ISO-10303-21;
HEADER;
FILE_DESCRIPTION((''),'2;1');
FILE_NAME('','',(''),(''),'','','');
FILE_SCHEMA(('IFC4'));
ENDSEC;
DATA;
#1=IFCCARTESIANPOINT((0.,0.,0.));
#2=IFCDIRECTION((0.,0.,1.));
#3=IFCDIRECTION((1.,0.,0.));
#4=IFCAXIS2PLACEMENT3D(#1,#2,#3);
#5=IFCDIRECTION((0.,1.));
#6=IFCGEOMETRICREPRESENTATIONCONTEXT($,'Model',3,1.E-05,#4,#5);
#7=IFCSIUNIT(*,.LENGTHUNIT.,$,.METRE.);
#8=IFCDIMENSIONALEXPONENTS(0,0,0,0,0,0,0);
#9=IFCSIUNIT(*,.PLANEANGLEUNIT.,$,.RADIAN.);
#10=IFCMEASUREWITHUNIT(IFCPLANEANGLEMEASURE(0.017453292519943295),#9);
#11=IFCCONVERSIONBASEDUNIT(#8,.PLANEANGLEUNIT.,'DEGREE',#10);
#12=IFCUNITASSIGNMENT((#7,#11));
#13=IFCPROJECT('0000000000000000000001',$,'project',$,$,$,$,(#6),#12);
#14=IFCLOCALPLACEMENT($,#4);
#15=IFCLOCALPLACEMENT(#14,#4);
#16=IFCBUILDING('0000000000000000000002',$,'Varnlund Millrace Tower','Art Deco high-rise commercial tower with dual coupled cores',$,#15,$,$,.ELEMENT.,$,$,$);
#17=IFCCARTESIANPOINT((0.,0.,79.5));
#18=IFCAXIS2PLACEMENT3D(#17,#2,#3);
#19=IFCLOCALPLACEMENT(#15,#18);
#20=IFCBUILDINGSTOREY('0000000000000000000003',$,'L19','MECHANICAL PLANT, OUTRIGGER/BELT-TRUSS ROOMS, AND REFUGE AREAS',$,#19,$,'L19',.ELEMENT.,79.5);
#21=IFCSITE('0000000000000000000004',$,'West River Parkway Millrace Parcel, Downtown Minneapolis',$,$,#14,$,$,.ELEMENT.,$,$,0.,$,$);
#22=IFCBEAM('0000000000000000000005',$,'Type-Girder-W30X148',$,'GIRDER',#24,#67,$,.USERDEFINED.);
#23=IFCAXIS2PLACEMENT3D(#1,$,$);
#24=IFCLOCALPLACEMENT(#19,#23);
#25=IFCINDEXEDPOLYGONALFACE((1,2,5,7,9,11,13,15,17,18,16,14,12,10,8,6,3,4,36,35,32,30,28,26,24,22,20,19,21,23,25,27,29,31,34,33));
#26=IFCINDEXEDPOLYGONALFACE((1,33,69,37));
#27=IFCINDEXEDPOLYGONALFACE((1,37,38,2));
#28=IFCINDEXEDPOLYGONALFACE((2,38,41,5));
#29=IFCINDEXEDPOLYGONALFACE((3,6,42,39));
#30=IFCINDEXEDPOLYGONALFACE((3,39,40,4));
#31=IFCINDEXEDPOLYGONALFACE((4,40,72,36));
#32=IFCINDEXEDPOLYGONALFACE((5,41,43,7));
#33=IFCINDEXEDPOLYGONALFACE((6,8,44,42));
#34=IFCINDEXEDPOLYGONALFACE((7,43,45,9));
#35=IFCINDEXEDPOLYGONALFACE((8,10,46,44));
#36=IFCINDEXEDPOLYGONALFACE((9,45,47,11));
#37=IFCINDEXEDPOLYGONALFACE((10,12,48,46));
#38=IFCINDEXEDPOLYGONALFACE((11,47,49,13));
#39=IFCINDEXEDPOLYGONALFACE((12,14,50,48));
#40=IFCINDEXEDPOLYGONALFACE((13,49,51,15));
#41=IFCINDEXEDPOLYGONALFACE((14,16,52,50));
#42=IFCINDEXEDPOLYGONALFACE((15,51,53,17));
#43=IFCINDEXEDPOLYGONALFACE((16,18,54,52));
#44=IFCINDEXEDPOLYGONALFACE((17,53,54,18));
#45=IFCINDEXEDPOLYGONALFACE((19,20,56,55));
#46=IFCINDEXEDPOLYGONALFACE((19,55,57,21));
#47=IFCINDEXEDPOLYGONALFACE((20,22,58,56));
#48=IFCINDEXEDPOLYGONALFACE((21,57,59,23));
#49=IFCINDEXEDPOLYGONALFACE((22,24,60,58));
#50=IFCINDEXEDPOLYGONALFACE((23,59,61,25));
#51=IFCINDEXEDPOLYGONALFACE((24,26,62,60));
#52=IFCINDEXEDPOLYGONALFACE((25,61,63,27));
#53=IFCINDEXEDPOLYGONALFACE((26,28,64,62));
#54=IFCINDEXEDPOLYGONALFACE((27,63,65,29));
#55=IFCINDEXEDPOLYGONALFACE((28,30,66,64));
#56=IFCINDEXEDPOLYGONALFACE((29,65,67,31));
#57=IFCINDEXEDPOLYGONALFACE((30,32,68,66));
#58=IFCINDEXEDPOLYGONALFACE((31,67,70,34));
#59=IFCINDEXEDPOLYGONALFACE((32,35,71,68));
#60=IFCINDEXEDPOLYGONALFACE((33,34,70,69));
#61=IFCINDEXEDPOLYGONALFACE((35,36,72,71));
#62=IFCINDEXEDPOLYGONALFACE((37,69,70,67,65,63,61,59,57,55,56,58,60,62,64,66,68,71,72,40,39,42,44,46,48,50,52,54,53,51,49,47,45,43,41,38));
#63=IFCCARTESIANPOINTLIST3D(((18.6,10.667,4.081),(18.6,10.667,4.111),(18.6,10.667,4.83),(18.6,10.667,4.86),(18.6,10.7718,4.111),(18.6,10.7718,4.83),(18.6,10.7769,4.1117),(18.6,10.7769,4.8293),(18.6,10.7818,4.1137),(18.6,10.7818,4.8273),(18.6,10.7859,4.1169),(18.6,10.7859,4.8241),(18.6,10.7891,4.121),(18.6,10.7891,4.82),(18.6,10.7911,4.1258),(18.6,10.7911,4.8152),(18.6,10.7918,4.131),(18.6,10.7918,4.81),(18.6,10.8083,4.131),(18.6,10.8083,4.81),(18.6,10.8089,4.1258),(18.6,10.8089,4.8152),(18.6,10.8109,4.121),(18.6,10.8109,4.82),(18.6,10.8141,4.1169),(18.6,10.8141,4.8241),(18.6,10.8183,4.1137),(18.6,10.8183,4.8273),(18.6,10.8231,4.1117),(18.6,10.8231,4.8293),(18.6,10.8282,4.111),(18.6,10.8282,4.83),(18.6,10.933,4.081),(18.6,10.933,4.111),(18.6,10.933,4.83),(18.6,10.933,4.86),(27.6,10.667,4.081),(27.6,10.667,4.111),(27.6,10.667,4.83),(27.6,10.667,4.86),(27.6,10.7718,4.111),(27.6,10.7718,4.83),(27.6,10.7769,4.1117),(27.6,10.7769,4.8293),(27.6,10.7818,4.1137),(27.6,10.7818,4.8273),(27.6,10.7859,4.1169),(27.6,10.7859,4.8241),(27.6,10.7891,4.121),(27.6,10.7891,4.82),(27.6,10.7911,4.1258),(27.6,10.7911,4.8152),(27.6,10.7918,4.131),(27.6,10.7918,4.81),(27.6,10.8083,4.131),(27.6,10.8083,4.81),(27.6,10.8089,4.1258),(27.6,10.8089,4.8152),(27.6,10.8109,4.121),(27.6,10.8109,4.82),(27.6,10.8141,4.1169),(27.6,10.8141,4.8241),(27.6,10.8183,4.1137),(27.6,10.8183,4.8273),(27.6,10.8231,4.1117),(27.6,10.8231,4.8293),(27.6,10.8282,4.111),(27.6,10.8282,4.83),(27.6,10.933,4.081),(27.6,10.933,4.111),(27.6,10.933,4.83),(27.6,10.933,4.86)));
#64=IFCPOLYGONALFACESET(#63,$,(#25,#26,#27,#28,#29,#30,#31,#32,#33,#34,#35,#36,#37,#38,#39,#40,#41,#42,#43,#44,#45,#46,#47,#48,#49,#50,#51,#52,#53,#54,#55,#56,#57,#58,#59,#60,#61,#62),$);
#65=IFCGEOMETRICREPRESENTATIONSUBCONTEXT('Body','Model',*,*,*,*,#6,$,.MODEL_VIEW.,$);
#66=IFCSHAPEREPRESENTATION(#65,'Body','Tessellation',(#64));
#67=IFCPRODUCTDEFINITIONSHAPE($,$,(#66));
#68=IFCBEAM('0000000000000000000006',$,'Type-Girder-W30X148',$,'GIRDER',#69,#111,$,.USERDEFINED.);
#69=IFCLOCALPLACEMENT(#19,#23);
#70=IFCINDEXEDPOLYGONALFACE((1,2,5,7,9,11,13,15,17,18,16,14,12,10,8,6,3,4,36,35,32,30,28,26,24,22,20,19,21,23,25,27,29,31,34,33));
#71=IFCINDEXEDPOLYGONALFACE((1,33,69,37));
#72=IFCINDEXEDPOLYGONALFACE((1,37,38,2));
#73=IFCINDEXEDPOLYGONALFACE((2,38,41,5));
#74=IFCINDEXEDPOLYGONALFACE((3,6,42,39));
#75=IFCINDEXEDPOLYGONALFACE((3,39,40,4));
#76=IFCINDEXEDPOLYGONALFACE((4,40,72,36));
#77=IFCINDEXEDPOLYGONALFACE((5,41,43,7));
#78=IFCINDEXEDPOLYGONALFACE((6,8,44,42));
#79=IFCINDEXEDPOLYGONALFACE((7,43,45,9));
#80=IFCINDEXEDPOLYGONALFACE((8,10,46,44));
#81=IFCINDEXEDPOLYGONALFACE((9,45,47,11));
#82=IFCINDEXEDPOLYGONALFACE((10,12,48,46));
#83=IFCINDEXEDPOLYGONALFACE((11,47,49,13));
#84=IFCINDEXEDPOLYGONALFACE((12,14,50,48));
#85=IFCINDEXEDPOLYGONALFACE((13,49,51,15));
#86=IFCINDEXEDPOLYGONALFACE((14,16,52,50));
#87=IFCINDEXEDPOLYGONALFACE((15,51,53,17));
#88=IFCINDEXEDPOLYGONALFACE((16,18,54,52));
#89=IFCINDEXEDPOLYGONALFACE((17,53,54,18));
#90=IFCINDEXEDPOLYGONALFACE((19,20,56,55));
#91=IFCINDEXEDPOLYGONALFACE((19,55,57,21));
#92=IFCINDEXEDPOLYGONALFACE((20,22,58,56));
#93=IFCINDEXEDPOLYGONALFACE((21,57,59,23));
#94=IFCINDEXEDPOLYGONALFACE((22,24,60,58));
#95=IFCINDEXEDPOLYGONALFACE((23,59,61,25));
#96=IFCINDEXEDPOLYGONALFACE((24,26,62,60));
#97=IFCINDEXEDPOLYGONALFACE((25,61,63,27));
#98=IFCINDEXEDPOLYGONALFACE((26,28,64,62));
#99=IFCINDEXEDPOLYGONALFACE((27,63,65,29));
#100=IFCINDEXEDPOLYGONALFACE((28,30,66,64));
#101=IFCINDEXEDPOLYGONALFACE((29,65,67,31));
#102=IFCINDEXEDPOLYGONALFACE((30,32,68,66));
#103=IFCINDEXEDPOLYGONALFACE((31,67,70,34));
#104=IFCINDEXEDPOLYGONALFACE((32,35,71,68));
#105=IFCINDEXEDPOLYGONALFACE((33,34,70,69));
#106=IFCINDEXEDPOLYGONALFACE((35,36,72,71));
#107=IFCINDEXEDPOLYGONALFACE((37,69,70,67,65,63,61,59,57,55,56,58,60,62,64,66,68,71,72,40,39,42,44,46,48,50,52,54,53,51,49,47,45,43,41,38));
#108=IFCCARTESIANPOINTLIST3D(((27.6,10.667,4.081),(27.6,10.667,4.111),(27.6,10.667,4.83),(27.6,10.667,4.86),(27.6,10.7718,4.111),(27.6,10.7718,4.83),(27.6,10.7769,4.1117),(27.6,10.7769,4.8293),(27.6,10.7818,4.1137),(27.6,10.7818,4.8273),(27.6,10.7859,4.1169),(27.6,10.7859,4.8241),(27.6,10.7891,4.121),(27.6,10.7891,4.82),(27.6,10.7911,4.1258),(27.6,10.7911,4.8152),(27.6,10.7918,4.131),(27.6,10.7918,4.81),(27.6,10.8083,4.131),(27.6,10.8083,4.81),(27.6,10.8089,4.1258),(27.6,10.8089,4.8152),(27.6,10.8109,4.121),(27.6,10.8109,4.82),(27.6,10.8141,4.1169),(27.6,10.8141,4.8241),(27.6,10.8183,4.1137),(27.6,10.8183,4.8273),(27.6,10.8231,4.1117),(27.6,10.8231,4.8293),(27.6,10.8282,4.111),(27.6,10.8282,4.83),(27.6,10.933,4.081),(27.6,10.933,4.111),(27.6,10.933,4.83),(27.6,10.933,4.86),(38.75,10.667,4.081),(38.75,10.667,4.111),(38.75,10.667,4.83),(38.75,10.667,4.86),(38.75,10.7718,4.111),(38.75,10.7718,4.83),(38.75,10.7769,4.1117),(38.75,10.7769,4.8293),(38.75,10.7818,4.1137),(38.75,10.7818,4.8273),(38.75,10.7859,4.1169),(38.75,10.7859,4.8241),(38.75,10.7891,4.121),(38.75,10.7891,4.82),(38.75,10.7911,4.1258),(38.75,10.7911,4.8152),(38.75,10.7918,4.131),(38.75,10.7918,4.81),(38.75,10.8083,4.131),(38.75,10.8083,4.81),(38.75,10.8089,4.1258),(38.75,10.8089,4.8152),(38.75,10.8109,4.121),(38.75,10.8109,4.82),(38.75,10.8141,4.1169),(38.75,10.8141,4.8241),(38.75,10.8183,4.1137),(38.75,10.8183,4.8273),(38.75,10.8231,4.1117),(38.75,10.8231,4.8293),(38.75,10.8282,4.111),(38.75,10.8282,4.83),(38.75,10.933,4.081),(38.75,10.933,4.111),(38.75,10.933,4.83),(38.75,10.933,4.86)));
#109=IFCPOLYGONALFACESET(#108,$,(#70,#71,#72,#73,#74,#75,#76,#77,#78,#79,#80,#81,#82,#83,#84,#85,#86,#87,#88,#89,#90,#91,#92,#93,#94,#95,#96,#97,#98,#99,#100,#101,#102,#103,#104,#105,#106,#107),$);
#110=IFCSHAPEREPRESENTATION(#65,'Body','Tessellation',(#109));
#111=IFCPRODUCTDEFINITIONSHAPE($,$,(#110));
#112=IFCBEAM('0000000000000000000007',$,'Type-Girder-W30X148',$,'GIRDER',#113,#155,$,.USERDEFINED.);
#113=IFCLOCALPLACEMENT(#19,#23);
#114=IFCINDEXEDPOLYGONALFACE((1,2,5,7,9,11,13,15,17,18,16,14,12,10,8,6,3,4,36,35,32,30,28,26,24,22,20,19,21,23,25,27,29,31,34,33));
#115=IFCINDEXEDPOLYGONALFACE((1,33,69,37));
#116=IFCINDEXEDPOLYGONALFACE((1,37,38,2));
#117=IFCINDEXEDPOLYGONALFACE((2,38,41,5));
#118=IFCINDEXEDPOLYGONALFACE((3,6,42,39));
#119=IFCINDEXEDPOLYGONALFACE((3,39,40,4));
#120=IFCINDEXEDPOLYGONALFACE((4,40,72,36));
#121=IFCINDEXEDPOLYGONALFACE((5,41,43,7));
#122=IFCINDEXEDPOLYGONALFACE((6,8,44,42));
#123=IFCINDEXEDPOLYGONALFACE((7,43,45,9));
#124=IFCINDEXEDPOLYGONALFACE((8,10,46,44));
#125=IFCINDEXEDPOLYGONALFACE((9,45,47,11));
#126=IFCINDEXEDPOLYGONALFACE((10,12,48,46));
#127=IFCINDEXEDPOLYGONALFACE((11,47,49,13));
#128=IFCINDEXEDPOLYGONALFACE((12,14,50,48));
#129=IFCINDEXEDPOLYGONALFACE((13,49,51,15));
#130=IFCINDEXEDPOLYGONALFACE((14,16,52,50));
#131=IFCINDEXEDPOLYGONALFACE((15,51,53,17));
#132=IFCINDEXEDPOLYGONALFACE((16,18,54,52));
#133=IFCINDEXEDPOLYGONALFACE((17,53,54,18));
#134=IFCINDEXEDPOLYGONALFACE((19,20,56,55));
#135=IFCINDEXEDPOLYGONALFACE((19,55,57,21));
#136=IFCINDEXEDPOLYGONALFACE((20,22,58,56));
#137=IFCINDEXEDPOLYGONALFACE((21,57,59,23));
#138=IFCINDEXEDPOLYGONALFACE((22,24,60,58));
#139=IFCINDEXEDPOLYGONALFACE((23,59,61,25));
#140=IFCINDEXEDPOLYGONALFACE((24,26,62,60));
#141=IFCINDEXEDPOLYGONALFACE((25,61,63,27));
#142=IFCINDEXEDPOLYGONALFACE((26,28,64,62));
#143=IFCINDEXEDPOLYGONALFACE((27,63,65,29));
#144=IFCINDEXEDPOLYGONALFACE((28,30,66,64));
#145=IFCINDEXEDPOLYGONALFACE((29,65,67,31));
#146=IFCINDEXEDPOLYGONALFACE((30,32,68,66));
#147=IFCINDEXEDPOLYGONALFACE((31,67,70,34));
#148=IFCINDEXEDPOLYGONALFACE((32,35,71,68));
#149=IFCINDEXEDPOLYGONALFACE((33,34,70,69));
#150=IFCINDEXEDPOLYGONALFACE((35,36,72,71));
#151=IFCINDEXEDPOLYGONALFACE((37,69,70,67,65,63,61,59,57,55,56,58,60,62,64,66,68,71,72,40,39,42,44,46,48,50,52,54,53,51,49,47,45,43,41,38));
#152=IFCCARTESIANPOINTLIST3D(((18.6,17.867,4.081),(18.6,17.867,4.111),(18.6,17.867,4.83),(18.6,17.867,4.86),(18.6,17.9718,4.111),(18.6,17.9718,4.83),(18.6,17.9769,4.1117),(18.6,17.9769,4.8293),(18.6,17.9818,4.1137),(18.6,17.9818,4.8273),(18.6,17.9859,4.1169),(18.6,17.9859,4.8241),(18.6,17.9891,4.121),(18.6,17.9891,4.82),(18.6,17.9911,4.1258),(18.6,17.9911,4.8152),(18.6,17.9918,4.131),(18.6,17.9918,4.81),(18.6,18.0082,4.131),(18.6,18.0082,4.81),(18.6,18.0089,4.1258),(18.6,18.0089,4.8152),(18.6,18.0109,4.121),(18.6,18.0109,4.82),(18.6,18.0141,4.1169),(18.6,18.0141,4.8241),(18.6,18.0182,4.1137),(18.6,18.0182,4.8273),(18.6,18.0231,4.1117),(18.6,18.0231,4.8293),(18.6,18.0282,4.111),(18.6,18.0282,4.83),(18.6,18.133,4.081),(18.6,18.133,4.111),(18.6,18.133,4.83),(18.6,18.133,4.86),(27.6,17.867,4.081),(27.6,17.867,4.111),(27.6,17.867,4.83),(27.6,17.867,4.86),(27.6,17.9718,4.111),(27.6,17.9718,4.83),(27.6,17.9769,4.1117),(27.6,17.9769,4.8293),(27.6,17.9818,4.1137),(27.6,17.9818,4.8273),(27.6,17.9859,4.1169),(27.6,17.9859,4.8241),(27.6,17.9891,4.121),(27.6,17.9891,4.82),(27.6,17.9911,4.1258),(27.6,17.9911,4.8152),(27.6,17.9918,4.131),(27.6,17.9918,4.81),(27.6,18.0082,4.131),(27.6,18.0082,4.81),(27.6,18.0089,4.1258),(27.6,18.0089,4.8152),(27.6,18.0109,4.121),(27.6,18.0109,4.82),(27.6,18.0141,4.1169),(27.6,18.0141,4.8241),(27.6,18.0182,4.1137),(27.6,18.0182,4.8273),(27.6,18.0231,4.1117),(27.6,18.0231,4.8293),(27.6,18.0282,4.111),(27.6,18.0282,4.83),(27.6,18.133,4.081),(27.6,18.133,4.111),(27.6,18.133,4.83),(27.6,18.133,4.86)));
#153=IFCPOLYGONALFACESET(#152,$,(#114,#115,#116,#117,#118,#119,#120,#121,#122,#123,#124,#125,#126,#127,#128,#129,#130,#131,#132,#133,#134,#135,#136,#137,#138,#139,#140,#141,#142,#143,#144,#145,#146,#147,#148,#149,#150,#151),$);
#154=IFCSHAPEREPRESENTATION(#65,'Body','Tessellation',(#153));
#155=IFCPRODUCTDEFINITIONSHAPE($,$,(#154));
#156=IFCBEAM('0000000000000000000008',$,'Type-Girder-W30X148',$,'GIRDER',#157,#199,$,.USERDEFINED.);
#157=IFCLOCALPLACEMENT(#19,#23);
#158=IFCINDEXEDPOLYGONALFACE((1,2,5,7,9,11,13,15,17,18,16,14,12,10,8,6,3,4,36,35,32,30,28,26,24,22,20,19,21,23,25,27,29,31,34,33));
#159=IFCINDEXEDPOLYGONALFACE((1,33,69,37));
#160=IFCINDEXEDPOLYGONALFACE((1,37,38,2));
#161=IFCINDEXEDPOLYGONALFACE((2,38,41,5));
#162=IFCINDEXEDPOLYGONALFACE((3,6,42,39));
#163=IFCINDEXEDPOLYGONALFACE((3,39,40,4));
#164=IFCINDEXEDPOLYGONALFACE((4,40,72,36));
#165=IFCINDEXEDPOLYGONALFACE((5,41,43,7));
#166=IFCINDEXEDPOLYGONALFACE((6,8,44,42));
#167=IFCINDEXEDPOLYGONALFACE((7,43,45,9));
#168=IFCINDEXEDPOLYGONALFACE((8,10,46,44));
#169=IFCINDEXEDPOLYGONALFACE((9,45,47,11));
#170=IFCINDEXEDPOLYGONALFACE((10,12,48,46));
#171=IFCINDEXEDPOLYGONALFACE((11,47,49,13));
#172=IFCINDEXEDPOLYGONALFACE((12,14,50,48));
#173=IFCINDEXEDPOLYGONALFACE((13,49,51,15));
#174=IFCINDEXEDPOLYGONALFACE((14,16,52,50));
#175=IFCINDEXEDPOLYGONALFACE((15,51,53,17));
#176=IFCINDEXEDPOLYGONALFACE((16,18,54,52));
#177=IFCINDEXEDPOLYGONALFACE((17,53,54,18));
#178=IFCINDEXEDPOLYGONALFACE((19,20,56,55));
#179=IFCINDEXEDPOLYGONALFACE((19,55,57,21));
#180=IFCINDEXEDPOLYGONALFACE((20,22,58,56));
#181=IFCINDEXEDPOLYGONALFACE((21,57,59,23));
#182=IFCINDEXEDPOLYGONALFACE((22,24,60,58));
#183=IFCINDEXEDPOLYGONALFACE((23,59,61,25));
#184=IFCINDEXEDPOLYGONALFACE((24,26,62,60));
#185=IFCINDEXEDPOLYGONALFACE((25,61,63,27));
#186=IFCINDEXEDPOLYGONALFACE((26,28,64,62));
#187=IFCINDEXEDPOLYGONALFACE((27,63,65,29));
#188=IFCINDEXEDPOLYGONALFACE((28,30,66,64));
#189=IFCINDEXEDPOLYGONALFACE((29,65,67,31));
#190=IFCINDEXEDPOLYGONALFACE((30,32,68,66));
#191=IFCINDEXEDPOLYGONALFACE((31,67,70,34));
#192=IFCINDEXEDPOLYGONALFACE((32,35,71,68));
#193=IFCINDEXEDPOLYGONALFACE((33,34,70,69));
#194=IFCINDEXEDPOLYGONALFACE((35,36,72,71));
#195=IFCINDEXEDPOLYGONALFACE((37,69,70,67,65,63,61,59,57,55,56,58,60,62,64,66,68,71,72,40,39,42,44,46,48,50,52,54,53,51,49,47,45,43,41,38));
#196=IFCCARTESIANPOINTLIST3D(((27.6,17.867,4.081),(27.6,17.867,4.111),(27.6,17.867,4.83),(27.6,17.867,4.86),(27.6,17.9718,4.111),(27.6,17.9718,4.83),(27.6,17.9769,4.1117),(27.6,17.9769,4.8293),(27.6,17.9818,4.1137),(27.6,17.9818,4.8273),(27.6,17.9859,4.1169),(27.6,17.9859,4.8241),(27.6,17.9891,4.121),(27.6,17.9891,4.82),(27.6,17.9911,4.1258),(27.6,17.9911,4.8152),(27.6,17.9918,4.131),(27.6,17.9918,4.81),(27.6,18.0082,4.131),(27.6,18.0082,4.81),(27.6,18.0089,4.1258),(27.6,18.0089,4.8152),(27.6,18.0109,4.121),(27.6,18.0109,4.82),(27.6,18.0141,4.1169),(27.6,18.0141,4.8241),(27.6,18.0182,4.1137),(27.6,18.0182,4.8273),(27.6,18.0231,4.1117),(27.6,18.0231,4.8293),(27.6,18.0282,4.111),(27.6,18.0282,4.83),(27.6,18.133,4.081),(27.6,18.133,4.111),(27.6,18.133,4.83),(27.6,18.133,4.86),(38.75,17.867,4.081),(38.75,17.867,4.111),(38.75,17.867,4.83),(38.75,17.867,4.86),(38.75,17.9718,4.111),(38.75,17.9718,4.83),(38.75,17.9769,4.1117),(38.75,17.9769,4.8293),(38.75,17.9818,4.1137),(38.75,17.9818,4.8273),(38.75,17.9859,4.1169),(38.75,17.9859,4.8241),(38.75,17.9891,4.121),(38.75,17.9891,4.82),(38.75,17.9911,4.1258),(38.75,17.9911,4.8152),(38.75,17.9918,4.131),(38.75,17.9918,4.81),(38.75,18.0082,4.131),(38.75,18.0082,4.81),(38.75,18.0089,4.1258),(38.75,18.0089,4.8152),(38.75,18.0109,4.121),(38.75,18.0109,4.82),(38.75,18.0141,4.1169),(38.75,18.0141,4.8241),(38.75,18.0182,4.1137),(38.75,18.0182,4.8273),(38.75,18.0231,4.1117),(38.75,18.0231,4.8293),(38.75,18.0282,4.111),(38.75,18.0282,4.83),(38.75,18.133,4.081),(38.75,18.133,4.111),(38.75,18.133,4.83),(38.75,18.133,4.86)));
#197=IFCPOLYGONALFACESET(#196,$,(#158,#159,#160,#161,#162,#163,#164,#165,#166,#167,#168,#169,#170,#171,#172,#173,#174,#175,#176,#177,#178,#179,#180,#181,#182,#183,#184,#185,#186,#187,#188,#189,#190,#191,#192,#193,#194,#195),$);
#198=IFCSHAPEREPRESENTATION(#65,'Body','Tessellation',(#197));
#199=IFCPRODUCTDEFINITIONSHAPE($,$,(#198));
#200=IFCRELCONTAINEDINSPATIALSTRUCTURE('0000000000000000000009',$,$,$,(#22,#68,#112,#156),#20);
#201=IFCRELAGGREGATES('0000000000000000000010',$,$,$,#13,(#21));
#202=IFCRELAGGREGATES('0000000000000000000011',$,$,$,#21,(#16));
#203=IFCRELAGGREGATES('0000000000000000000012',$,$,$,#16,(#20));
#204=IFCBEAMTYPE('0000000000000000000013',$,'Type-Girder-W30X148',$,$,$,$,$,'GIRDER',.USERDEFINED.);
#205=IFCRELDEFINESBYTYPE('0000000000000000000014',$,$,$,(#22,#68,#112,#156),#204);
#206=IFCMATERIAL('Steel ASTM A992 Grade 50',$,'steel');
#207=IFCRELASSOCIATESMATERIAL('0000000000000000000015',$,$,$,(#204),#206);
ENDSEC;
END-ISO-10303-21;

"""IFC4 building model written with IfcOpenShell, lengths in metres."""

from ifc_helpers import new_model, entity, si_unit, converted_unit, direction, frame, origin_with_axes, origin_2d_with_axis, place, context, subcontext, project, spatial, i_section, extrude, material, material_profile, profile_set, type_object, element, save


model = new_model("IFC4")

# Units and contexts
model_context = context("Model", 3, precision=1e-05, world=origin_with_axes(), true_north=direction((0.0, 1.0)))
body_context = subcontext(model_context, "Body", "Model", "MODEL_VIEW")
ifc_project = project(units=[si_unit("LENGTHUNIT", "METRE"), converted_unit("PLANEANGLEUNIT", "DEGREE", entity("IfcPlaneAngleMeasure", 0.017453292519943295), si_unit("PLANEANGLEUNIT", "RADIAN"), dimensions=[0, 0, 0, 0, 0, 0, 0])], contexts=[model_context])

# Site, building, storey
site_placement = place(None, origin_with_axes())
site = spatial("IfcSite", under=ifc_project, at=site_placement, Name="West River Parkway Millrace Parcel, Downtown Minneapolis", CompositionType="ELEMENT", RefElevation=0.0)
building_placement = place(site_placement, origin_with_axes())
building = spatial("IfcBuilding", under=site, at=building_placement, Name="Varnlund Millrace Tower", Description="Art Deco high-rise commercial tower with dual coupled cores", CompositionType="ELEMENT")
storey_placement = place(building_placement, frame((0.0, 0.0, 79.5), z_axis=(0.0, 0.0, 1.0), x_axis=(1.0, 0.0, 0.0)))
storey = spatial("IfcBuildingStorey", under=building, at=storey_placement, Name="L19", Description="MECHANICAL PLANT, OUTRIGGER/BELT-TRUSS ROOMS, AND REFUGE AREAS", LongName="L19", CompositionType="ELEMENT", Elevation=79.5)

# Beams
ifc_material_1 = material(Name="Steel ASTM A992 Grade 50", Category="steel")
ifc_material_profile_1 = material_profile(ifc_material_1, i_section(OverallWidth=0.266, OverallDepth=0.779, WebThickness=0.0165, FlangeThickness=0.03, FilletRadius=0.02, at=origin_2d_with_axis()), Name="Steel ASTM A992 Grade 50")
ifc_profile_set_1 = profile_set([ifc_material_profile_1], Name="Steel ASTM A992 Grade 50")
beam_type_1 = type_object("IfcBeamType", Name="Type-Girder-W30X148", ElementType="GIRDER", PredefinedType="USERDEFINED", material=ifc_profile_set_1)
beam_1_placement = place(storey_placement, frame((18.6, 10.8, 4.4705), z_axis=(1.0, 0.0, 0.0), x_axis=(0.0, 1.0, 0.0)))
element("IfcBeam", 1, at=beam_1_placement, inside=storey, type_object=beam_type_1, Name="Type-Girder-W30X148", ObjectType="GIRDER", PredefinedType="USERDEFINED", context=body_context, shape_type="SweptSolid", body=[
    extrude(i_section(OverallWidth=0.266, OverallDepth=0.779, WebThickness=0.0165, FlangeThickness=0.03, FilletRadius=0.02, at=origin_2d_with_axis()), origin_with_axes(), (0.0, 0.0, 1.0), 9.0),
])
beam_2_placement = place(storey_placement, frame((27.6, 10.8, 4.4705), z_axis=(1.0, 0.0, 0.0), x_axis=(0.0, 1.0, 0.0)))
element("IfcBeam", 2, at=beam_2_placement, inside=storey, type_object=beam_type_1, Name="Type-Girder-W30X148", ObjectType="GIRDER", PredefinedType="USERDEFINED", context=body_context, shape_type="SweptSolid", body=[
    extrude(i_section(OverallWidth=0.266, OverallDepth=0.779, WebThickness=0.0165, FlangeThickness=0.03, FilletRadius=0.02, at=origin_2d_with_axis()), origin_with_axes(), (0.0, 0.0, 1.0), 11.15),
])
beam_3_placement = place(storey_placement, frame((18.6, 18.0, 4.4705), z_axis=(1.0, 0.0, 0.0), x_axis=(0.0, 1.0, 0.0)))
element("IfcBeam", 3, at=beam_3_placement, inside=storey, type_object=beam_type_1, Name="Type-Girder-W30X148", ObjectType="GIRDER", PredefinedType="USERDEFINED", context=body_context, shape_type="SweptSolid", body=[
    extrude(i_section(OverallWidth=0.266, OverallDepth=0.779, WebThickness=0.0165, FlangeThickness=0.03, FilletRadius=0.02, at=origin_2d_with_axis()), origin_with_axes(), (0.0, 0.0, 1.0), 9.0),
])
beam_4_placement = place(storey_placement, frame((27.6, 18.0, 4.4705), z_axis=(1.0, 0.0, 0.0), x_axis=(0.0, 1.0, 0.0)))
element("IfcBeam", 4, at=beam_4_placement, inside=storey, type_object=beam_type_1, Name="Type-Girder-W30X148", ObjectType="GIRDER", PredefinedType="USERDEFINED", context=body_context, shape_type="SweptSolid", body=[
    extrude(i_section(OverallWidth=0.266, OverallDepth=0.779, WebThickness=0.0165, FlangeThickness=0.03, FilletRadius=0.02, at=origin_2d_with_axis()), origin_with_axes(), (0.0, 0.0, 1.0), 11.15),
])

save(model, "model.ifc")
